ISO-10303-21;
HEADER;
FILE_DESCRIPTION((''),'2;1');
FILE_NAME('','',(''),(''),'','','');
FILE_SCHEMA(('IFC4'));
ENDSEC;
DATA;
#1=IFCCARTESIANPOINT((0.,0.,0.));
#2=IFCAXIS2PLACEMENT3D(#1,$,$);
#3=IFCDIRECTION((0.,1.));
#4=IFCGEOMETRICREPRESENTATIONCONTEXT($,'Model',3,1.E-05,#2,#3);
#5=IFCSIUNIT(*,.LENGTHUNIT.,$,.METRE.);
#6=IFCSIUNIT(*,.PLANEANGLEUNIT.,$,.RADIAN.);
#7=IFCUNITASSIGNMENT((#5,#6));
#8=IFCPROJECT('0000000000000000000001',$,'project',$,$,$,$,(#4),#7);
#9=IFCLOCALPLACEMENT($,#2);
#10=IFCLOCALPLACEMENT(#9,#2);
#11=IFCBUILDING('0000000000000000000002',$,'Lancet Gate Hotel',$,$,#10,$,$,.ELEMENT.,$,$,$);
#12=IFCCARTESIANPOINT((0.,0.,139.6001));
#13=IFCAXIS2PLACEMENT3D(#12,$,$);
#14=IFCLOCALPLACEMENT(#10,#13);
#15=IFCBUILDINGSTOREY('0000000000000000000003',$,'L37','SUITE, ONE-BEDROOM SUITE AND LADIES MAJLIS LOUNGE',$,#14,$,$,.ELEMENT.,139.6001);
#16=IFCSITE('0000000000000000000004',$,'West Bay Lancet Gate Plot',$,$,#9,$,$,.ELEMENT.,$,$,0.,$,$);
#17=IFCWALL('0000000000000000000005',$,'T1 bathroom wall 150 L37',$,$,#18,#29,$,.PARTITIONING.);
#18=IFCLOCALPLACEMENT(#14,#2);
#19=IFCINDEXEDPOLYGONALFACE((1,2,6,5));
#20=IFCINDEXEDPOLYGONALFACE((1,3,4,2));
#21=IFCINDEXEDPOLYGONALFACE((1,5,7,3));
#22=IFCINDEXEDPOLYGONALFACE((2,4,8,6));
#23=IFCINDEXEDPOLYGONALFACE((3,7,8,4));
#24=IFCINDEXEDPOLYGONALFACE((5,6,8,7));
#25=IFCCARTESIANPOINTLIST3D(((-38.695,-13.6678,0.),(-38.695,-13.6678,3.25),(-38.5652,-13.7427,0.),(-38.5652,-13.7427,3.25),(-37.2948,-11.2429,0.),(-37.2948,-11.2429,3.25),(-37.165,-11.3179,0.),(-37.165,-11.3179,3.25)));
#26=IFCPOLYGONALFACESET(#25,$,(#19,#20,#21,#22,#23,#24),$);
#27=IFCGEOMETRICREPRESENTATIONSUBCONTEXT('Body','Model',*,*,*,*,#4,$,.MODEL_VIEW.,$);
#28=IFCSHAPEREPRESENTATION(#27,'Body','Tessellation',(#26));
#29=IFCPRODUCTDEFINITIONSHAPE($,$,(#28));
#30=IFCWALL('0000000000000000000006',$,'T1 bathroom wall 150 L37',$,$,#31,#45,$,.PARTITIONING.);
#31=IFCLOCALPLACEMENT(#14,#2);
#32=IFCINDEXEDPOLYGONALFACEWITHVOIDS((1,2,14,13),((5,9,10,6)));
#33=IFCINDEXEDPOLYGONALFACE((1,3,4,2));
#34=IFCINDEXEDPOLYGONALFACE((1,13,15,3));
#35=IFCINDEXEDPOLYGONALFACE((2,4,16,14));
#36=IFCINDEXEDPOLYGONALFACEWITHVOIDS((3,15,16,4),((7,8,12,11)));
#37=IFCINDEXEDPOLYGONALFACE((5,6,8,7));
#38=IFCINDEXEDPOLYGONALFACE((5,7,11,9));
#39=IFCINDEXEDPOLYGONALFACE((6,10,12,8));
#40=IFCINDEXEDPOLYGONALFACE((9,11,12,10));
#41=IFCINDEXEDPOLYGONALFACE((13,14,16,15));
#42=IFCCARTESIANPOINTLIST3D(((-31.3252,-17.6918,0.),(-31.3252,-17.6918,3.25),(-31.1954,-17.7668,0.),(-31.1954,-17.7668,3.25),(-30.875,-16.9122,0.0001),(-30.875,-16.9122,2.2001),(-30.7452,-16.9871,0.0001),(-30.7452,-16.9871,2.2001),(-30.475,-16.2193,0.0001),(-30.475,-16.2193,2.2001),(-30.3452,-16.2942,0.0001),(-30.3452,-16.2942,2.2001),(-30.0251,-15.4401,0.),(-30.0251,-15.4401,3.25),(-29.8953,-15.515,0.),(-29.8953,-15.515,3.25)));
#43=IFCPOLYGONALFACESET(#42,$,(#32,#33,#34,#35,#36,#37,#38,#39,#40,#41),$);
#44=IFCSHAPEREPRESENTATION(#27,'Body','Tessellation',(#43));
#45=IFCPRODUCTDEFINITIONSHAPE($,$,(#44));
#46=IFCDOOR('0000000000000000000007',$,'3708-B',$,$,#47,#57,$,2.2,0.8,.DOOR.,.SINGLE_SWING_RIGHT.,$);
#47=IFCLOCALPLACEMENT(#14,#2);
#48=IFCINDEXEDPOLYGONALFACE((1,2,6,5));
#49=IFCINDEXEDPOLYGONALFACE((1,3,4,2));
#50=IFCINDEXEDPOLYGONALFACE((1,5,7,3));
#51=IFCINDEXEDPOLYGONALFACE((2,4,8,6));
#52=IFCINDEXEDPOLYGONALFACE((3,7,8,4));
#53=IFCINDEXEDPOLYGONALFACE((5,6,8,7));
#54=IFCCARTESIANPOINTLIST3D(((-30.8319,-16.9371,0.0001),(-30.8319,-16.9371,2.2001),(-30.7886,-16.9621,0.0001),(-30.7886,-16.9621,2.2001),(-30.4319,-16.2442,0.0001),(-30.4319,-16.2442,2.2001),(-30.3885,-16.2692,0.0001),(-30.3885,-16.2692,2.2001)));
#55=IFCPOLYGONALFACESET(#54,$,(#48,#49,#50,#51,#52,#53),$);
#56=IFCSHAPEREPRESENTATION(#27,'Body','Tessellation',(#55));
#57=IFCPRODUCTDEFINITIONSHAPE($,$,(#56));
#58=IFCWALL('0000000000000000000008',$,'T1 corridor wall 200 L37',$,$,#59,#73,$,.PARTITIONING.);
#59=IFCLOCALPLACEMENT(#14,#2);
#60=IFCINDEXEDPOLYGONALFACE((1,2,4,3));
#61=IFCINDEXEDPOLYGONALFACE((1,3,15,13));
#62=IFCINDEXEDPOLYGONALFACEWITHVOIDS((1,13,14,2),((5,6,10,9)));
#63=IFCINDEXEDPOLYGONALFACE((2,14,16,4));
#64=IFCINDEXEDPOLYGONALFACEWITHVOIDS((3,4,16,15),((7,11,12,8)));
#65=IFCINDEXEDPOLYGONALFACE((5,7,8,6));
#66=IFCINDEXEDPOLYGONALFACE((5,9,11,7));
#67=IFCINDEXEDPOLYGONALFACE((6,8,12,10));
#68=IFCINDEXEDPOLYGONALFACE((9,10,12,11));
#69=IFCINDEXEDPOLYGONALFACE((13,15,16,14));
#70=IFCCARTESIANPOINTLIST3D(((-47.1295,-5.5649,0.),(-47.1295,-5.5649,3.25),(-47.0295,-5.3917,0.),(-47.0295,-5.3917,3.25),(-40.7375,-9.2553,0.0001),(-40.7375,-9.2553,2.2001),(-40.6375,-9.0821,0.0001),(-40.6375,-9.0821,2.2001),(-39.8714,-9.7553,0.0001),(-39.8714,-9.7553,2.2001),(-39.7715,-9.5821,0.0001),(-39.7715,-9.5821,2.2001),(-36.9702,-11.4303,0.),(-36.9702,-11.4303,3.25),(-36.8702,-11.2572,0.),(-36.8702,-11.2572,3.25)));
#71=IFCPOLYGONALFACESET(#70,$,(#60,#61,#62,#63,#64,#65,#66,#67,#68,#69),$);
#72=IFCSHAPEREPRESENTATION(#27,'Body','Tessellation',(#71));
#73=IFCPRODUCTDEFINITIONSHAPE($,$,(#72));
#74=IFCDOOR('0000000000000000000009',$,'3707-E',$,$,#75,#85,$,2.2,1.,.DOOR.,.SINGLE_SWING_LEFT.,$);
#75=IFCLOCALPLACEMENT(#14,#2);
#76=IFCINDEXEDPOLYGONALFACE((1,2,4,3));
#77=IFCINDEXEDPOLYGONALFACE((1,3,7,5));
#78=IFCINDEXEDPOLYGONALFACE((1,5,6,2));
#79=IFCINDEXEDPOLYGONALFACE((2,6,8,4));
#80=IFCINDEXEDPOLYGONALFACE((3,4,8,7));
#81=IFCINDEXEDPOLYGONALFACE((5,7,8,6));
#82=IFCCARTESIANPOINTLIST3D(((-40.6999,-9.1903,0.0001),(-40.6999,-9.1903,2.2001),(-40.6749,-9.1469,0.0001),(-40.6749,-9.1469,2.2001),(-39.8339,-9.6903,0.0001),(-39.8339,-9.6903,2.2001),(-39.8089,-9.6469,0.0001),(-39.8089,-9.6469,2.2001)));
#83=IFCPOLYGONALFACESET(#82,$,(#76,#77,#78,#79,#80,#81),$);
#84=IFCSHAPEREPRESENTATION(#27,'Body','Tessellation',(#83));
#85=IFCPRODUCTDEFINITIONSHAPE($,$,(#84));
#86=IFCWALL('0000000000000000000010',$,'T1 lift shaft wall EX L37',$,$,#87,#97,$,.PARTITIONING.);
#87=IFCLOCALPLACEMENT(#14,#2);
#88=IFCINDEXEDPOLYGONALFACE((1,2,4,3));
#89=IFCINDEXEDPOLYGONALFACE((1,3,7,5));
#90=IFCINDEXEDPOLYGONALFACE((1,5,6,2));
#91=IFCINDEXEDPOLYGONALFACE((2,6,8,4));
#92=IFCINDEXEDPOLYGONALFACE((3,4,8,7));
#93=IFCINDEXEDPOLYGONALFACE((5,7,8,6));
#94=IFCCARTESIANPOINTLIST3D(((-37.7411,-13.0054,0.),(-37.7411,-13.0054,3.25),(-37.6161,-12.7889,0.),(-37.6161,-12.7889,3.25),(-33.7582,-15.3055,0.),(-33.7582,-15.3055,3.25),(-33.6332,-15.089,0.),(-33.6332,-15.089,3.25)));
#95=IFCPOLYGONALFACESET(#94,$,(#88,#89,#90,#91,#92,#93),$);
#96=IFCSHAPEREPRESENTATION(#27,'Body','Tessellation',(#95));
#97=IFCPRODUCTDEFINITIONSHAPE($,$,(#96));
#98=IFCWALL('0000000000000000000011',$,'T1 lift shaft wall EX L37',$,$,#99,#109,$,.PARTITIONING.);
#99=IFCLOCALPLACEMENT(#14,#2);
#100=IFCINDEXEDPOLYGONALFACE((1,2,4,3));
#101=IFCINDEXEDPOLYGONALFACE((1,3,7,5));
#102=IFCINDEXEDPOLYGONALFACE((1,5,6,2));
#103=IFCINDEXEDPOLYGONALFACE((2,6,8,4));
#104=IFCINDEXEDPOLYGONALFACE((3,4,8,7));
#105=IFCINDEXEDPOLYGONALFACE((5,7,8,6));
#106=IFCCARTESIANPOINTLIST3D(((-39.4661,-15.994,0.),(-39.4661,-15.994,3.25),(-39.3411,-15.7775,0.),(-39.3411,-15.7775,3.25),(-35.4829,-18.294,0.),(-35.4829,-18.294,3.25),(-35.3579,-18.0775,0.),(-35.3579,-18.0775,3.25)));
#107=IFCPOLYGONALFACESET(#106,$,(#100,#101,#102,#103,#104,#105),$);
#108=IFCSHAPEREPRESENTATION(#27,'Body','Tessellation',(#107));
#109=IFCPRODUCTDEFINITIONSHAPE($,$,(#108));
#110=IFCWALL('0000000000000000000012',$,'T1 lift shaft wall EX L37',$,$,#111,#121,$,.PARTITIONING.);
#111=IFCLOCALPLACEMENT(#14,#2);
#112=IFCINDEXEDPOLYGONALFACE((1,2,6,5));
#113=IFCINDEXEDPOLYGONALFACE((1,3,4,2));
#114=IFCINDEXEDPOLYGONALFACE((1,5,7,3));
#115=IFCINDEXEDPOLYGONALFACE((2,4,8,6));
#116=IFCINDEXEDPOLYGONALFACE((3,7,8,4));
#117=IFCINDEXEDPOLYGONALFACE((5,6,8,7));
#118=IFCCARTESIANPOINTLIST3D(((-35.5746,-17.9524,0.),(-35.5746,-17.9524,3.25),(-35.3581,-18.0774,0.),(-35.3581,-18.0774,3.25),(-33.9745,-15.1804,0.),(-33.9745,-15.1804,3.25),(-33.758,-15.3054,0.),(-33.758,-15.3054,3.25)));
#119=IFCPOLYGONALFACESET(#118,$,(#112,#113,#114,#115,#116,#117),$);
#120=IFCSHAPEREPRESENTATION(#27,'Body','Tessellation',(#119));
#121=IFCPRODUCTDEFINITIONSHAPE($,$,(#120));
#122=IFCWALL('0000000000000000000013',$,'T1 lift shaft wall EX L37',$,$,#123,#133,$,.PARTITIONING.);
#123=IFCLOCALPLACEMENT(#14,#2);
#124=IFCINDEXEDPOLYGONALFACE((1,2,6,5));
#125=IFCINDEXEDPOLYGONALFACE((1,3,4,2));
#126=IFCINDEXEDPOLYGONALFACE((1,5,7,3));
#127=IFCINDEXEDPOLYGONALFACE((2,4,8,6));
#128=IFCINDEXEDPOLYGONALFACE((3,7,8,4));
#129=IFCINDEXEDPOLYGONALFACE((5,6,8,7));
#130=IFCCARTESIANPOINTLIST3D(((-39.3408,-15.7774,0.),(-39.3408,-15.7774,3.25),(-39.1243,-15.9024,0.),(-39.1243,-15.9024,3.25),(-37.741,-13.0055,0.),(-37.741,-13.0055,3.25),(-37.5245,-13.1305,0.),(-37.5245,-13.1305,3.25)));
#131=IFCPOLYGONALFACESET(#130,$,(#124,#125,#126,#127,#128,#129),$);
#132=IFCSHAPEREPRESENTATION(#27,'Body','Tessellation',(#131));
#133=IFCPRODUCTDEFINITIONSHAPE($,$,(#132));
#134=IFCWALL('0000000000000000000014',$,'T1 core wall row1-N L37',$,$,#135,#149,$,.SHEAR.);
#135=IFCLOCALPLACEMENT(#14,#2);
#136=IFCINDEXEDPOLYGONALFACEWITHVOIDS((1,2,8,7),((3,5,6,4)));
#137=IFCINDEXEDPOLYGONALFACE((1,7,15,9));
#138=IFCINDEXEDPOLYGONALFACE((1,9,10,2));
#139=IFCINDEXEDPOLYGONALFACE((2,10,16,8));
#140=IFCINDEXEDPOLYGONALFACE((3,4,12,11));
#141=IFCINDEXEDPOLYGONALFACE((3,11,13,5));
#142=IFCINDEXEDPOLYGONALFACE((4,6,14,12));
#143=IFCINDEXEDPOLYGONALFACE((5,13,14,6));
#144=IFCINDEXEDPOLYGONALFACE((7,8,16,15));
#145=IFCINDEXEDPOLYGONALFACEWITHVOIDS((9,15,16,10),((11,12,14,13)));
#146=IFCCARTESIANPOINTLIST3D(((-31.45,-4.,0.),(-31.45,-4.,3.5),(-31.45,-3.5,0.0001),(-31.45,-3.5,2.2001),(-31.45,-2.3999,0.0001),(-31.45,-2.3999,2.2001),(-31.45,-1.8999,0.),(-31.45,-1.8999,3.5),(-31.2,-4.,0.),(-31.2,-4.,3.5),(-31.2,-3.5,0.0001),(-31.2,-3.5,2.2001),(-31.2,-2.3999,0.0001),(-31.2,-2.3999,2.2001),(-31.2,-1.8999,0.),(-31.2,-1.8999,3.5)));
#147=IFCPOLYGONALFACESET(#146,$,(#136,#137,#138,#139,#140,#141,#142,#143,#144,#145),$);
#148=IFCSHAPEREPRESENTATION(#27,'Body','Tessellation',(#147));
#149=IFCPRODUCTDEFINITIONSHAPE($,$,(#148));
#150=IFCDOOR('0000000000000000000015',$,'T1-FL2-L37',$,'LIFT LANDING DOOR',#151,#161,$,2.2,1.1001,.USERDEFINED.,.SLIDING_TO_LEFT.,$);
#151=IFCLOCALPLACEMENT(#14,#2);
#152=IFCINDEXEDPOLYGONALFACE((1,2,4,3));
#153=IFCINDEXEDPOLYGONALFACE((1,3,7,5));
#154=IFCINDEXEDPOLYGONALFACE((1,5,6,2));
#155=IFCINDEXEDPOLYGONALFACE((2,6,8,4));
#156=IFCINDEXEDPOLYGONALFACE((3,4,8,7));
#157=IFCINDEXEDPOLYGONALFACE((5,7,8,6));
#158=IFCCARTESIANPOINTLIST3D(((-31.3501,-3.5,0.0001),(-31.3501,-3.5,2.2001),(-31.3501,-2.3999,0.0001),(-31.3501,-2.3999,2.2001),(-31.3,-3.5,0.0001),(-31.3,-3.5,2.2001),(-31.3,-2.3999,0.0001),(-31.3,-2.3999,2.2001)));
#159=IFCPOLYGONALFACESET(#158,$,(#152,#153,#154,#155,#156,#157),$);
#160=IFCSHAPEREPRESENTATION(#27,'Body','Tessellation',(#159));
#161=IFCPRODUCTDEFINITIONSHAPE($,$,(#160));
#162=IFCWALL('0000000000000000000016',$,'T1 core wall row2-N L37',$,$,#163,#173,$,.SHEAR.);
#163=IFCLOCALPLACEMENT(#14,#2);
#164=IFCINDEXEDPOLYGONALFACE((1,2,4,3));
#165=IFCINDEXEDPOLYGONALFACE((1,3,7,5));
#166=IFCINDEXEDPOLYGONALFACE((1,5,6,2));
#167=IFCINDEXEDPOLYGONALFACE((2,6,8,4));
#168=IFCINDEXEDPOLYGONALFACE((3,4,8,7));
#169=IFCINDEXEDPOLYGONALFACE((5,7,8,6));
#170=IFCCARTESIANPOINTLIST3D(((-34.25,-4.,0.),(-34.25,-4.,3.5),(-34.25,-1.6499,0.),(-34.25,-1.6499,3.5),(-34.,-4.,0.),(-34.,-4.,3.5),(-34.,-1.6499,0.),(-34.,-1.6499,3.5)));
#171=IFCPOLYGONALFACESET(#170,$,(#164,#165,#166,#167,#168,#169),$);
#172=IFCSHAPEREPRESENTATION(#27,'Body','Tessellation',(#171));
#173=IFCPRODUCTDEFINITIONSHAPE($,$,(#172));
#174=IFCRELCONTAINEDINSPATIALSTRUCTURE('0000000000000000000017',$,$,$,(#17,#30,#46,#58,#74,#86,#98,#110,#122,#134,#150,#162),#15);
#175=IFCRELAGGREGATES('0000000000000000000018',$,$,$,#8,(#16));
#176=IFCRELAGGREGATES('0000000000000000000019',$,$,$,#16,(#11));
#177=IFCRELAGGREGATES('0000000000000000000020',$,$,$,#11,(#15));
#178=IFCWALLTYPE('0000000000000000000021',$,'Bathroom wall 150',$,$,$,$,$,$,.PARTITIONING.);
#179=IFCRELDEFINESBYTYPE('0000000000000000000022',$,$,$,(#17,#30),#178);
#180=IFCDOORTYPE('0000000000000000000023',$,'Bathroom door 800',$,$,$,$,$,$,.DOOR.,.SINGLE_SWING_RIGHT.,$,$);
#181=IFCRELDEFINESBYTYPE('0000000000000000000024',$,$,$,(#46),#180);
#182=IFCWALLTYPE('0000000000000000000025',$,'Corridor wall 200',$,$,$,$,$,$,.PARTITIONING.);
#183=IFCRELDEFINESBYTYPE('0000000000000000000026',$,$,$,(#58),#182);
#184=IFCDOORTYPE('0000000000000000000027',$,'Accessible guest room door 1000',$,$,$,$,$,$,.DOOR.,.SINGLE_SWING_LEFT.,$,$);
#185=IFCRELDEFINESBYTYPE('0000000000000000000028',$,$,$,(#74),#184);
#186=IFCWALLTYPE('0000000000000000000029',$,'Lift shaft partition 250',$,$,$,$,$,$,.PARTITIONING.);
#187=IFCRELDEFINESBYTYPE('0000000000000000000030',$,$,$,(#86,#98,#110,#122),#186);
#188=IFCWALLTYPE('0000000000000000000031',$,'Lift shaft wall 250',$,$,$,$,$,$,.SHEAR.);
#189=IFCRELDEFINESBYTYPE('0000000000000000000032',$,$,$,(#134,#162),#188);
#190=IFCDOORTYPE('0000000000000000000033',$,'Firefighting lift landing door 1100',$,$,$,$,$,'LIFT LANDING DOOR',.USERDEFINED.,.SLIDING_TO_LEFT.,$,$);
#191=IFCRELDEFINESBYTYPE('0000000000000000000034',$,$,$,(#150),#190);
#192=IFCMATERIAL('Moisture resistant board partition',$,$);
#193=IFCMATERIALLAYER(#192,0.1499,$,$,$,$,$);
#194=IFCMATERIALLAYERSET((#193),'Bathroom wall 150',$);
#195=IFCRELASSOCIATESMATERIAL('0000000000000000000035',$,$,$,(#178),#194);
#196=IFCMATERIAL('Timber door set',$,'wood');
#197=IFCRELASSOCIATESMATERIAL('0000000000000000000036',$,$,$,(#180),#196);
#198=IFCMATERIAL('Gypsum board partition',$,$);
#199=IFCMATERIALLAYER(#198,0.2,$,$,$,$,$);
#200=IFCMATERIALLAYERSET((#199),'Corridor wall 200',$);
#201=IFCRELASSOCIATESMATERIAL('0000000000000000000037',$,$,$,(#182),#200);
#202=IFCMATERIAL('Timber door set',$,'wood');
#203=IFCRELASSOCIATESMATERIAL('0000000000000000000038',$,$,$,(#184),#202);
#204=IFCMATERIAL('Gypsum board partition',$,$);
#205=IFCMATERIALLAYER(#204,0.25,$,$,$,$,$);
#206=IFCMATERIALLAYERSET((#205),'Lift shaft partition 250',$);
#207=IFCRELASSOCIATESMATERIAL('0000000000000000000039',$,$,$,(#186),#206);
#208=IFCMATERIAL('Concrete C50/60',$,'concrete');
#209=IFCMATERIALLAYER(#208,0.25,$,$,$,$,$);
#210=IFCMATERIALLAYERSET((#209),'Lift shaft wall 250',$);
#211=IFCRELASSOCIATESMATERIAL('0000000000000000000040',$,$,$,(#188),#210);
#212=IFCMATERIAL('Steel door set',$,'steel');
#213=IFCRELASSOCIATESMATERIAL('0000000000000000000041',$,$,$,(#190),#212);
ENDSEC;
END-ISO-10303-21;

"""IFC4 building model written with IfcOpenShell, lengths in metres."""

from ifc_helpers import new_model, si_unit, direction, frame, frame_2d, origin, place, context, subcontext, project, spatial, rectangle, extrude, material, layer, layer_set, type_object, element, fill, save


model = new_model("IFC4")

# Units and contexts
model_context = context("Model", 3, precision=1e-05, world=origin(), true_north=direction((0.0, 1.0)))
body_context = subcontext(model_context, "Body", "Model", "MODEL_VIEW")
ifc_project = project(units=[si_unit("LENGTHUNIT", "METRE"), si_unit("PLANEANGLEUNIT", "RADIAN")], contexts=[model_context])

# Site, building, storey
site_placement = place(None, origin())
site = spatial("IfcSite", under=ifc_project, at=site_placement, Name="West Bay Lancet Gate Plot", CompositionType="ELEMENT", RefElevation=0.0)
building_placement = place(site_placement, origin())
building = spatial("IfcBuilding", under=site, at=building_placement, Name="Lancet Gate Hotel", CompositionType="ELEMENT")
storey_placement = place(building_placement, frame((0.0, 0.0, 139.6001)))
storey = spatial("IfcBuildingStorey", under=building, at=storey_placement, Name="L37", Description="SUITE, ONE-BEDROOM SUITE AND LADIES MAJLIS LOUNGE", CompositionType="ELEMENT", Elevation=139.6001)

# Wall
ifc_material_1 = material(Name="Moisture resistant board partition")
ifc_layer_1 = layer(ifc_material_1, 0.1499)
ifc_layer_set_1 = layer_set([ifc_layer_1], Name="Bathroom wall 150")
wall_type_1 = type_object("IfcWallType", Name="Bathroom wall 150", PredefinedType="PARTITIONING", material=ifc_layer_set_1)
wall_1_placement = place(storey_placement, frame((-37.23, -11.2805, 0.0), z_axis=(0.0, 0.0, 1.0), x_axis=(-0.50005, -0.865997, 0.0)))
element("IfcWall", 1, at=wall_1_placement, inside=storey, type_object=wall_type_1, Name="T1 bathroom wall 150 L37", PredefinedType="PARTITIONING", context=body_context, shape_type="SweptSolid", body=[
    extrude(rectangle(XDim=2.8, YDim=0.1499, at=frame_2d((1.3999, 0.0))), origin(), (0.0, 0.0, 1.0), 3.25),
])

# Walls, openings, doors
wall_2_placement = place(storey_placement, frame((-29.9602, -15.4775, 0.0), z_axis=(0.0, 0.0, 1.0), x_axis=(-0.500007, -0.866021, 0.0)))
wall_2 = element("IfcWall", 2, at=wall_2_placement, inside=storey, type_object=wall_type_1, Name="T1 bathroom wall 150 L37", PredefinedType="PARTITIONING", context=body_context, shape_type="SweptSolid", body=[
    extrude(rectangle(XDim=2.6001, YDim=0.1499, at=frame_2d((1.3, 0.0))), origin(), (0.0, 0.0, 1.0), 3.25),
])
opening_1_placement = place(wall_2_placement, frame((0.8999, 0.0, 0.0)))
opening_1 = element("IfcOpeningElement", 3, at=opening_1_placement, cuts=wall_2, PredefinedType="OPENING", context=body_context, shape_type="SweptSolid", body=[
    extrude(rectangle(XDim=0.8, YDim=2.2, at=frame_2d((0.3999, 1.1001))), frame((0.0, 0.085, 0.0), z_axis=(0.0, -1.0, 0.0), x_axis=(1.0, 0.0, 0.0)), (0.0, 0.0, 1.0), 0.1699),
])
ifc_material_2 = material(Name="Timber door set", Category="wood")
door_type_1 = type_object("IfcDoorType", Name="Bathroom door 800", OperationType="SINGLE_SWING_RIGHT", PredefinedType="DOOR", material=ifc_material_2)
door_1_placement = place(opening_1_placement, origin())
door_1 = element("IfcDoor", 4, at=door_1_placement, inside=storey, type_object=door_type_1, Name="3708-B", OperationType="SINGLE_SWING_RIGHT", OverallHeight=2.2, OverallWidth=0.8, PredefinedType="DOOR", context=body_context, shape_type="SweptSolid", body=[
    extrude(rectangle(XDim=0.8, YDim=2.2, at=frame_2d((0.3999, 1.1001))), frame((0.0, 0.0249, 0.0), z_axis=(0.0, -1.0, 0.0), x_axis=(1.0, 0.0, 0.0)), (0.0, 0.0, 1.0), 0.05),
])
fill(opening_1, door_1)
ifc_material_3 = material(Name="Gypsum board partition")
ifc_layer_2 = layer(ifc_material_3, 0.2)
ifc_layer_set_2 = layer_set([ifc_layer_2], Name="Corridor wall 200")
wall_type_2 = type_object("IfcWallType", Name="Corridor wall 200", PredefinedType="PARTITIONING", material=ifc_layer_set_2)
wall_3_placement = place(storey_placement, frame((-36.9202, -11.3438, 0.0), z_axis=(0.0, 0.0, 1.0), x_axis=(-0.866028, 0.499996, 0.0)))
wall_3 = element("IfcWall", 5, at=wall_3_placement, inside=storey, type_object=wall_type_2, Name="T1 corridor wall 200 L37", PredefinedType="PARTITIONING", context=body_context, shape_type="SweptSolid", body=[
    extrude(rectangle(XDim=11.731, YDim=0.2, at=frame_2d((5.8655, 0.0))), origin(), (0.0, 0.0, 1.0), 3.25),
])
opening_2_placement = place(wall_3_placement, frame((3.3501, 0.0, 0.0)))
opening_2 = element("IfcOpeningElement", 6, at=opening_2_placement, cuts=wall_3, PredefinedType="OPENING", context=body_context, shape_type="SweptSolid", body=[
    extrude(rectangle(XDim=1.0, YDim=2.2, at=frame_2d((0.5, 1.1001))), frame((0.0, 0.1099, 0.0), z_axis=(0.0, -1.0, 0.0), x_axis=(1.0, 0.0, 0.0)), (0.0, 0.0, 1.0), 0.22),
])
ifc_material_4 = material(Name="Timber door set", Category="wood")
door_type_2 = type_object("IfcDoorType", Name="Accessible guest room door 1000", OperationType="SINGLE_SWING_LEFT", PredefinedType="DOOR", material=ifc_material_4)
door_2_placement = place(opening_2_placement, origin())
door_2 = element("IfcDoor", 7, at=door_2_placement, inside=storey, type_object=door_type_2, Name="3707-E", OperationType="SINGLE_SWING_LEFT", OverallHeight=2.2, OverallWidth=1.0, PredefinedType="DOOR", context=body_context, shape_type="SweptSolid", body=[
    extrude(rectangle(XDim=1.0, YDim=2.2, at=frame_2d((0.5, 1.1001))), frame((0.0, 0.0249, 0.0), z_axis=(0.0, -1.0, 0.0), x_axis=(1.0, 0.0, 0.0)), (0.0, 0.0, 1.0), 0.05),
])
fill(opening_2, door_2)

# Walls
ifc_material_5 = material(Name="Gypsum board partition")
ifc_layer_3 = layer(ifc_material_5, 0.25)
ifc_layer_set_3 = layer_set([ifc_layer_3], Name="Lift shaft partition 250")
wall_type_3 = type_object("IfcWallType", Name="Lift shaft partition 250", PredefinedType="PARTITIONING", material=ifc_layer_set_3)
wall_4_placement = place(storey_placement, frame((-33.6956, -15.1973, 0.0), z_axis=(0.0, 0.0, 1.0), x_axis=(-0.865977, 0.500084, 0.0)))
element("IfcWall", 8, at=wall_4_placement, inside=storey, type_object=wall_type_3, Name="T1 lift shaft wall EX L37", PredefinedType="PARTITIONING", context=body_context, shape_type="SweptSolid", body=[
    extrude(rectangle(XDim=4.5994, YDim=0.25, at=frame_2d((2.2998, 0.0))), origin(), (0.0, 0.0, 1.0), 3.25),
])
wall_5_placement = place(storey_placement, frame((-35.4204, -18.1858, 0.0), z_axis=(0.0, 0.0, 1.0), x_axis=(-0.86599, 0.500061, 0.0)))
element("IfcWall", 9, at=wall_5_placement, inside=storey, type_object=wall_type_3, Name="T1 lift shaft wall EX L37", PredefinedType="PARTITIONING", context=body_context, shape_type="SweptSolid", body=[
    extrude(rectangle(XDim=4.5996, YDim=0.25, at=frame_2d((2.2998, 0.0))), origin(), (0.0, 0.0, 1.0), 3.25),
])
wall_6_placement = place(storey_placement, frame((-33.8662, -15.2429, 0.0), z_axis=(0.0, 0.0, 1.0), x_axis=(-0.499929, -0.866066, 0.0)))
element("IfcWall", 10, at=wall_6_placement, inside=storey, type_object=wall_type_3, Name="T1 lift shaft wall EX L37", PredefinedType="PARTITIONING", context=body_context, shape_type="SweptSolid", body=[
    extrude(rectangle(XDim=3.2007, YDim=0.25, at=frame_2d((1.6003, 0.0))), origin(), (0.0, 0.0, 1.0), 3.25),
])
wall_7_placement = place(storey_placement, frame((-37.6328, -13.0681, 0.0), z_axis=(0.0, 0.0, 1.0), x_axis=(-0.499872, -0.866099, 0.0)))
element("IfcWall", 11, at=wall_7_placement, inside=storey, type_object=wall_type_3, Name="T1 lift shaft wall EX L37", PredefinedType="PARTITIONING", context=body_context, shape_type="SweptSolid", body=[
    extrude(rectangle(XDim=3.2004, YDim=0.25, at=frame_2d((1.6001, 0.0))), origin(), (0.0, 0.0, 1.0), 3.25),
])

# Wall, opening, door
ifc_material_6 = material(Name="Concrete C50/60", Category="concrete")
ifc_layer_4 = layer(ifc_material_6, 0.25)
ifc_layer_set_4 = layer_set([ifc_layer_4], Name="Lift shaft wall 250")
wall_type_4 = type_object("IfcWallType", Name="Lift shaft wall 250", PredefinedType="SHEAR", material=ifc_layer_set_4)
wall_8_placement = place(storey_placement, frame((-31.325, -1.8999, 0.0), z_axis=(0.0, 0.0, 1.0), x_axis=(0.0, -1.0, 0.0)))
wall_8 = element("IfcWall", 12, at=wall_8_placement, inside=storey, type_object=wall_type_4, Name="T1 core wall row1-N L37", PredefinedType="SHEAR", context=body_context, shape_type="SweptSolid", body=[
    extrude(rectangle(XDim=2.1001, YDim=0.25, at=frame_2d((1.05, 0.0))), origin(), (0.0, 0.0, 1.0), 3.5),
])
opening_3_placement = place(wall_8_placement, frame((0.5, 0.0, 0.0)))
opening_3 = element("IfcOpeningElement", 13, at=opening_3_placement, cuts=wall_8, PredefinedType="OPENING", context=body_context, shape_type="SweptSolid", body=[
    extrude(rectangle(XDim=1.1001, YDim=2.2, at=frame_2d((0.55, 1.1001))), frame((0.0, 0.135, 0.0), z_axis=(0.0, -1.0, 0.0), x_axis=(1.0, 0.0, 0.0)), (0.0, 0.0, 1.0), 0.27),
])
ifc_material_7 = material(Name="Steel door set", Category="steel")
door_type_3 = type_object("IfcDoorType", Name="Firefighting lift landing door 1100", ElementType="LIFT LANDING DOOR", OperationType="SLIDING_TO_LEFT", PredefinedType="USERDEFINED", material=ifc_material_7)
door_3_placement = place(opening_3_placement, origin())
door_3 = element("IfcDoor", 14, at=door_3_placement, inside=storey, type_object=door_type_3, Name="T1-FL2-L37", ObjectType="LIFT LANDING DOOR", OperationType="SLIDING_TO_LEFT", OverallHeight=2.2, OverallWidth=1.1001, PredefinedType="USERDEFINED", context=body_context, shape_type="SweptSolid", body=[
    extrude(rectangle(XDim=1.1001, YDim=2.2, at=frame_2d((0.55, 1.1001))), frame((0.0, 0.0249, 0.0), z_axis=(0.0, -1.0, 0.0), x_axis=(1.0, 0.0, 0.0)), (0.0, 0.0, 1.0), 0.05),
])
fill(opening_3, door_3)

# Wall
wall_9_placement = place(storey_placement, frame((-34.125, -1.6499, 0.0), z_axis=(0.0, 0.0, 1.0), x_axis=(0.0, -1.0, 0.0)))
element("IfcWall", 15, at=wall_9_placement, inside=storey, type_object=wall_type_4, Name="T1 core wall row2-N L37", PredefinedType="SHEAR", context=body_context, shape_type="SweptSolid", body=[
    extrude(rectangle(XDim=2.3501, YDim=0.25, at=frame_2d((1.175, 0.0))), origin(), (0.0, 0.0, 1.0), 3.5),
])

save(model, "model.ifc")
